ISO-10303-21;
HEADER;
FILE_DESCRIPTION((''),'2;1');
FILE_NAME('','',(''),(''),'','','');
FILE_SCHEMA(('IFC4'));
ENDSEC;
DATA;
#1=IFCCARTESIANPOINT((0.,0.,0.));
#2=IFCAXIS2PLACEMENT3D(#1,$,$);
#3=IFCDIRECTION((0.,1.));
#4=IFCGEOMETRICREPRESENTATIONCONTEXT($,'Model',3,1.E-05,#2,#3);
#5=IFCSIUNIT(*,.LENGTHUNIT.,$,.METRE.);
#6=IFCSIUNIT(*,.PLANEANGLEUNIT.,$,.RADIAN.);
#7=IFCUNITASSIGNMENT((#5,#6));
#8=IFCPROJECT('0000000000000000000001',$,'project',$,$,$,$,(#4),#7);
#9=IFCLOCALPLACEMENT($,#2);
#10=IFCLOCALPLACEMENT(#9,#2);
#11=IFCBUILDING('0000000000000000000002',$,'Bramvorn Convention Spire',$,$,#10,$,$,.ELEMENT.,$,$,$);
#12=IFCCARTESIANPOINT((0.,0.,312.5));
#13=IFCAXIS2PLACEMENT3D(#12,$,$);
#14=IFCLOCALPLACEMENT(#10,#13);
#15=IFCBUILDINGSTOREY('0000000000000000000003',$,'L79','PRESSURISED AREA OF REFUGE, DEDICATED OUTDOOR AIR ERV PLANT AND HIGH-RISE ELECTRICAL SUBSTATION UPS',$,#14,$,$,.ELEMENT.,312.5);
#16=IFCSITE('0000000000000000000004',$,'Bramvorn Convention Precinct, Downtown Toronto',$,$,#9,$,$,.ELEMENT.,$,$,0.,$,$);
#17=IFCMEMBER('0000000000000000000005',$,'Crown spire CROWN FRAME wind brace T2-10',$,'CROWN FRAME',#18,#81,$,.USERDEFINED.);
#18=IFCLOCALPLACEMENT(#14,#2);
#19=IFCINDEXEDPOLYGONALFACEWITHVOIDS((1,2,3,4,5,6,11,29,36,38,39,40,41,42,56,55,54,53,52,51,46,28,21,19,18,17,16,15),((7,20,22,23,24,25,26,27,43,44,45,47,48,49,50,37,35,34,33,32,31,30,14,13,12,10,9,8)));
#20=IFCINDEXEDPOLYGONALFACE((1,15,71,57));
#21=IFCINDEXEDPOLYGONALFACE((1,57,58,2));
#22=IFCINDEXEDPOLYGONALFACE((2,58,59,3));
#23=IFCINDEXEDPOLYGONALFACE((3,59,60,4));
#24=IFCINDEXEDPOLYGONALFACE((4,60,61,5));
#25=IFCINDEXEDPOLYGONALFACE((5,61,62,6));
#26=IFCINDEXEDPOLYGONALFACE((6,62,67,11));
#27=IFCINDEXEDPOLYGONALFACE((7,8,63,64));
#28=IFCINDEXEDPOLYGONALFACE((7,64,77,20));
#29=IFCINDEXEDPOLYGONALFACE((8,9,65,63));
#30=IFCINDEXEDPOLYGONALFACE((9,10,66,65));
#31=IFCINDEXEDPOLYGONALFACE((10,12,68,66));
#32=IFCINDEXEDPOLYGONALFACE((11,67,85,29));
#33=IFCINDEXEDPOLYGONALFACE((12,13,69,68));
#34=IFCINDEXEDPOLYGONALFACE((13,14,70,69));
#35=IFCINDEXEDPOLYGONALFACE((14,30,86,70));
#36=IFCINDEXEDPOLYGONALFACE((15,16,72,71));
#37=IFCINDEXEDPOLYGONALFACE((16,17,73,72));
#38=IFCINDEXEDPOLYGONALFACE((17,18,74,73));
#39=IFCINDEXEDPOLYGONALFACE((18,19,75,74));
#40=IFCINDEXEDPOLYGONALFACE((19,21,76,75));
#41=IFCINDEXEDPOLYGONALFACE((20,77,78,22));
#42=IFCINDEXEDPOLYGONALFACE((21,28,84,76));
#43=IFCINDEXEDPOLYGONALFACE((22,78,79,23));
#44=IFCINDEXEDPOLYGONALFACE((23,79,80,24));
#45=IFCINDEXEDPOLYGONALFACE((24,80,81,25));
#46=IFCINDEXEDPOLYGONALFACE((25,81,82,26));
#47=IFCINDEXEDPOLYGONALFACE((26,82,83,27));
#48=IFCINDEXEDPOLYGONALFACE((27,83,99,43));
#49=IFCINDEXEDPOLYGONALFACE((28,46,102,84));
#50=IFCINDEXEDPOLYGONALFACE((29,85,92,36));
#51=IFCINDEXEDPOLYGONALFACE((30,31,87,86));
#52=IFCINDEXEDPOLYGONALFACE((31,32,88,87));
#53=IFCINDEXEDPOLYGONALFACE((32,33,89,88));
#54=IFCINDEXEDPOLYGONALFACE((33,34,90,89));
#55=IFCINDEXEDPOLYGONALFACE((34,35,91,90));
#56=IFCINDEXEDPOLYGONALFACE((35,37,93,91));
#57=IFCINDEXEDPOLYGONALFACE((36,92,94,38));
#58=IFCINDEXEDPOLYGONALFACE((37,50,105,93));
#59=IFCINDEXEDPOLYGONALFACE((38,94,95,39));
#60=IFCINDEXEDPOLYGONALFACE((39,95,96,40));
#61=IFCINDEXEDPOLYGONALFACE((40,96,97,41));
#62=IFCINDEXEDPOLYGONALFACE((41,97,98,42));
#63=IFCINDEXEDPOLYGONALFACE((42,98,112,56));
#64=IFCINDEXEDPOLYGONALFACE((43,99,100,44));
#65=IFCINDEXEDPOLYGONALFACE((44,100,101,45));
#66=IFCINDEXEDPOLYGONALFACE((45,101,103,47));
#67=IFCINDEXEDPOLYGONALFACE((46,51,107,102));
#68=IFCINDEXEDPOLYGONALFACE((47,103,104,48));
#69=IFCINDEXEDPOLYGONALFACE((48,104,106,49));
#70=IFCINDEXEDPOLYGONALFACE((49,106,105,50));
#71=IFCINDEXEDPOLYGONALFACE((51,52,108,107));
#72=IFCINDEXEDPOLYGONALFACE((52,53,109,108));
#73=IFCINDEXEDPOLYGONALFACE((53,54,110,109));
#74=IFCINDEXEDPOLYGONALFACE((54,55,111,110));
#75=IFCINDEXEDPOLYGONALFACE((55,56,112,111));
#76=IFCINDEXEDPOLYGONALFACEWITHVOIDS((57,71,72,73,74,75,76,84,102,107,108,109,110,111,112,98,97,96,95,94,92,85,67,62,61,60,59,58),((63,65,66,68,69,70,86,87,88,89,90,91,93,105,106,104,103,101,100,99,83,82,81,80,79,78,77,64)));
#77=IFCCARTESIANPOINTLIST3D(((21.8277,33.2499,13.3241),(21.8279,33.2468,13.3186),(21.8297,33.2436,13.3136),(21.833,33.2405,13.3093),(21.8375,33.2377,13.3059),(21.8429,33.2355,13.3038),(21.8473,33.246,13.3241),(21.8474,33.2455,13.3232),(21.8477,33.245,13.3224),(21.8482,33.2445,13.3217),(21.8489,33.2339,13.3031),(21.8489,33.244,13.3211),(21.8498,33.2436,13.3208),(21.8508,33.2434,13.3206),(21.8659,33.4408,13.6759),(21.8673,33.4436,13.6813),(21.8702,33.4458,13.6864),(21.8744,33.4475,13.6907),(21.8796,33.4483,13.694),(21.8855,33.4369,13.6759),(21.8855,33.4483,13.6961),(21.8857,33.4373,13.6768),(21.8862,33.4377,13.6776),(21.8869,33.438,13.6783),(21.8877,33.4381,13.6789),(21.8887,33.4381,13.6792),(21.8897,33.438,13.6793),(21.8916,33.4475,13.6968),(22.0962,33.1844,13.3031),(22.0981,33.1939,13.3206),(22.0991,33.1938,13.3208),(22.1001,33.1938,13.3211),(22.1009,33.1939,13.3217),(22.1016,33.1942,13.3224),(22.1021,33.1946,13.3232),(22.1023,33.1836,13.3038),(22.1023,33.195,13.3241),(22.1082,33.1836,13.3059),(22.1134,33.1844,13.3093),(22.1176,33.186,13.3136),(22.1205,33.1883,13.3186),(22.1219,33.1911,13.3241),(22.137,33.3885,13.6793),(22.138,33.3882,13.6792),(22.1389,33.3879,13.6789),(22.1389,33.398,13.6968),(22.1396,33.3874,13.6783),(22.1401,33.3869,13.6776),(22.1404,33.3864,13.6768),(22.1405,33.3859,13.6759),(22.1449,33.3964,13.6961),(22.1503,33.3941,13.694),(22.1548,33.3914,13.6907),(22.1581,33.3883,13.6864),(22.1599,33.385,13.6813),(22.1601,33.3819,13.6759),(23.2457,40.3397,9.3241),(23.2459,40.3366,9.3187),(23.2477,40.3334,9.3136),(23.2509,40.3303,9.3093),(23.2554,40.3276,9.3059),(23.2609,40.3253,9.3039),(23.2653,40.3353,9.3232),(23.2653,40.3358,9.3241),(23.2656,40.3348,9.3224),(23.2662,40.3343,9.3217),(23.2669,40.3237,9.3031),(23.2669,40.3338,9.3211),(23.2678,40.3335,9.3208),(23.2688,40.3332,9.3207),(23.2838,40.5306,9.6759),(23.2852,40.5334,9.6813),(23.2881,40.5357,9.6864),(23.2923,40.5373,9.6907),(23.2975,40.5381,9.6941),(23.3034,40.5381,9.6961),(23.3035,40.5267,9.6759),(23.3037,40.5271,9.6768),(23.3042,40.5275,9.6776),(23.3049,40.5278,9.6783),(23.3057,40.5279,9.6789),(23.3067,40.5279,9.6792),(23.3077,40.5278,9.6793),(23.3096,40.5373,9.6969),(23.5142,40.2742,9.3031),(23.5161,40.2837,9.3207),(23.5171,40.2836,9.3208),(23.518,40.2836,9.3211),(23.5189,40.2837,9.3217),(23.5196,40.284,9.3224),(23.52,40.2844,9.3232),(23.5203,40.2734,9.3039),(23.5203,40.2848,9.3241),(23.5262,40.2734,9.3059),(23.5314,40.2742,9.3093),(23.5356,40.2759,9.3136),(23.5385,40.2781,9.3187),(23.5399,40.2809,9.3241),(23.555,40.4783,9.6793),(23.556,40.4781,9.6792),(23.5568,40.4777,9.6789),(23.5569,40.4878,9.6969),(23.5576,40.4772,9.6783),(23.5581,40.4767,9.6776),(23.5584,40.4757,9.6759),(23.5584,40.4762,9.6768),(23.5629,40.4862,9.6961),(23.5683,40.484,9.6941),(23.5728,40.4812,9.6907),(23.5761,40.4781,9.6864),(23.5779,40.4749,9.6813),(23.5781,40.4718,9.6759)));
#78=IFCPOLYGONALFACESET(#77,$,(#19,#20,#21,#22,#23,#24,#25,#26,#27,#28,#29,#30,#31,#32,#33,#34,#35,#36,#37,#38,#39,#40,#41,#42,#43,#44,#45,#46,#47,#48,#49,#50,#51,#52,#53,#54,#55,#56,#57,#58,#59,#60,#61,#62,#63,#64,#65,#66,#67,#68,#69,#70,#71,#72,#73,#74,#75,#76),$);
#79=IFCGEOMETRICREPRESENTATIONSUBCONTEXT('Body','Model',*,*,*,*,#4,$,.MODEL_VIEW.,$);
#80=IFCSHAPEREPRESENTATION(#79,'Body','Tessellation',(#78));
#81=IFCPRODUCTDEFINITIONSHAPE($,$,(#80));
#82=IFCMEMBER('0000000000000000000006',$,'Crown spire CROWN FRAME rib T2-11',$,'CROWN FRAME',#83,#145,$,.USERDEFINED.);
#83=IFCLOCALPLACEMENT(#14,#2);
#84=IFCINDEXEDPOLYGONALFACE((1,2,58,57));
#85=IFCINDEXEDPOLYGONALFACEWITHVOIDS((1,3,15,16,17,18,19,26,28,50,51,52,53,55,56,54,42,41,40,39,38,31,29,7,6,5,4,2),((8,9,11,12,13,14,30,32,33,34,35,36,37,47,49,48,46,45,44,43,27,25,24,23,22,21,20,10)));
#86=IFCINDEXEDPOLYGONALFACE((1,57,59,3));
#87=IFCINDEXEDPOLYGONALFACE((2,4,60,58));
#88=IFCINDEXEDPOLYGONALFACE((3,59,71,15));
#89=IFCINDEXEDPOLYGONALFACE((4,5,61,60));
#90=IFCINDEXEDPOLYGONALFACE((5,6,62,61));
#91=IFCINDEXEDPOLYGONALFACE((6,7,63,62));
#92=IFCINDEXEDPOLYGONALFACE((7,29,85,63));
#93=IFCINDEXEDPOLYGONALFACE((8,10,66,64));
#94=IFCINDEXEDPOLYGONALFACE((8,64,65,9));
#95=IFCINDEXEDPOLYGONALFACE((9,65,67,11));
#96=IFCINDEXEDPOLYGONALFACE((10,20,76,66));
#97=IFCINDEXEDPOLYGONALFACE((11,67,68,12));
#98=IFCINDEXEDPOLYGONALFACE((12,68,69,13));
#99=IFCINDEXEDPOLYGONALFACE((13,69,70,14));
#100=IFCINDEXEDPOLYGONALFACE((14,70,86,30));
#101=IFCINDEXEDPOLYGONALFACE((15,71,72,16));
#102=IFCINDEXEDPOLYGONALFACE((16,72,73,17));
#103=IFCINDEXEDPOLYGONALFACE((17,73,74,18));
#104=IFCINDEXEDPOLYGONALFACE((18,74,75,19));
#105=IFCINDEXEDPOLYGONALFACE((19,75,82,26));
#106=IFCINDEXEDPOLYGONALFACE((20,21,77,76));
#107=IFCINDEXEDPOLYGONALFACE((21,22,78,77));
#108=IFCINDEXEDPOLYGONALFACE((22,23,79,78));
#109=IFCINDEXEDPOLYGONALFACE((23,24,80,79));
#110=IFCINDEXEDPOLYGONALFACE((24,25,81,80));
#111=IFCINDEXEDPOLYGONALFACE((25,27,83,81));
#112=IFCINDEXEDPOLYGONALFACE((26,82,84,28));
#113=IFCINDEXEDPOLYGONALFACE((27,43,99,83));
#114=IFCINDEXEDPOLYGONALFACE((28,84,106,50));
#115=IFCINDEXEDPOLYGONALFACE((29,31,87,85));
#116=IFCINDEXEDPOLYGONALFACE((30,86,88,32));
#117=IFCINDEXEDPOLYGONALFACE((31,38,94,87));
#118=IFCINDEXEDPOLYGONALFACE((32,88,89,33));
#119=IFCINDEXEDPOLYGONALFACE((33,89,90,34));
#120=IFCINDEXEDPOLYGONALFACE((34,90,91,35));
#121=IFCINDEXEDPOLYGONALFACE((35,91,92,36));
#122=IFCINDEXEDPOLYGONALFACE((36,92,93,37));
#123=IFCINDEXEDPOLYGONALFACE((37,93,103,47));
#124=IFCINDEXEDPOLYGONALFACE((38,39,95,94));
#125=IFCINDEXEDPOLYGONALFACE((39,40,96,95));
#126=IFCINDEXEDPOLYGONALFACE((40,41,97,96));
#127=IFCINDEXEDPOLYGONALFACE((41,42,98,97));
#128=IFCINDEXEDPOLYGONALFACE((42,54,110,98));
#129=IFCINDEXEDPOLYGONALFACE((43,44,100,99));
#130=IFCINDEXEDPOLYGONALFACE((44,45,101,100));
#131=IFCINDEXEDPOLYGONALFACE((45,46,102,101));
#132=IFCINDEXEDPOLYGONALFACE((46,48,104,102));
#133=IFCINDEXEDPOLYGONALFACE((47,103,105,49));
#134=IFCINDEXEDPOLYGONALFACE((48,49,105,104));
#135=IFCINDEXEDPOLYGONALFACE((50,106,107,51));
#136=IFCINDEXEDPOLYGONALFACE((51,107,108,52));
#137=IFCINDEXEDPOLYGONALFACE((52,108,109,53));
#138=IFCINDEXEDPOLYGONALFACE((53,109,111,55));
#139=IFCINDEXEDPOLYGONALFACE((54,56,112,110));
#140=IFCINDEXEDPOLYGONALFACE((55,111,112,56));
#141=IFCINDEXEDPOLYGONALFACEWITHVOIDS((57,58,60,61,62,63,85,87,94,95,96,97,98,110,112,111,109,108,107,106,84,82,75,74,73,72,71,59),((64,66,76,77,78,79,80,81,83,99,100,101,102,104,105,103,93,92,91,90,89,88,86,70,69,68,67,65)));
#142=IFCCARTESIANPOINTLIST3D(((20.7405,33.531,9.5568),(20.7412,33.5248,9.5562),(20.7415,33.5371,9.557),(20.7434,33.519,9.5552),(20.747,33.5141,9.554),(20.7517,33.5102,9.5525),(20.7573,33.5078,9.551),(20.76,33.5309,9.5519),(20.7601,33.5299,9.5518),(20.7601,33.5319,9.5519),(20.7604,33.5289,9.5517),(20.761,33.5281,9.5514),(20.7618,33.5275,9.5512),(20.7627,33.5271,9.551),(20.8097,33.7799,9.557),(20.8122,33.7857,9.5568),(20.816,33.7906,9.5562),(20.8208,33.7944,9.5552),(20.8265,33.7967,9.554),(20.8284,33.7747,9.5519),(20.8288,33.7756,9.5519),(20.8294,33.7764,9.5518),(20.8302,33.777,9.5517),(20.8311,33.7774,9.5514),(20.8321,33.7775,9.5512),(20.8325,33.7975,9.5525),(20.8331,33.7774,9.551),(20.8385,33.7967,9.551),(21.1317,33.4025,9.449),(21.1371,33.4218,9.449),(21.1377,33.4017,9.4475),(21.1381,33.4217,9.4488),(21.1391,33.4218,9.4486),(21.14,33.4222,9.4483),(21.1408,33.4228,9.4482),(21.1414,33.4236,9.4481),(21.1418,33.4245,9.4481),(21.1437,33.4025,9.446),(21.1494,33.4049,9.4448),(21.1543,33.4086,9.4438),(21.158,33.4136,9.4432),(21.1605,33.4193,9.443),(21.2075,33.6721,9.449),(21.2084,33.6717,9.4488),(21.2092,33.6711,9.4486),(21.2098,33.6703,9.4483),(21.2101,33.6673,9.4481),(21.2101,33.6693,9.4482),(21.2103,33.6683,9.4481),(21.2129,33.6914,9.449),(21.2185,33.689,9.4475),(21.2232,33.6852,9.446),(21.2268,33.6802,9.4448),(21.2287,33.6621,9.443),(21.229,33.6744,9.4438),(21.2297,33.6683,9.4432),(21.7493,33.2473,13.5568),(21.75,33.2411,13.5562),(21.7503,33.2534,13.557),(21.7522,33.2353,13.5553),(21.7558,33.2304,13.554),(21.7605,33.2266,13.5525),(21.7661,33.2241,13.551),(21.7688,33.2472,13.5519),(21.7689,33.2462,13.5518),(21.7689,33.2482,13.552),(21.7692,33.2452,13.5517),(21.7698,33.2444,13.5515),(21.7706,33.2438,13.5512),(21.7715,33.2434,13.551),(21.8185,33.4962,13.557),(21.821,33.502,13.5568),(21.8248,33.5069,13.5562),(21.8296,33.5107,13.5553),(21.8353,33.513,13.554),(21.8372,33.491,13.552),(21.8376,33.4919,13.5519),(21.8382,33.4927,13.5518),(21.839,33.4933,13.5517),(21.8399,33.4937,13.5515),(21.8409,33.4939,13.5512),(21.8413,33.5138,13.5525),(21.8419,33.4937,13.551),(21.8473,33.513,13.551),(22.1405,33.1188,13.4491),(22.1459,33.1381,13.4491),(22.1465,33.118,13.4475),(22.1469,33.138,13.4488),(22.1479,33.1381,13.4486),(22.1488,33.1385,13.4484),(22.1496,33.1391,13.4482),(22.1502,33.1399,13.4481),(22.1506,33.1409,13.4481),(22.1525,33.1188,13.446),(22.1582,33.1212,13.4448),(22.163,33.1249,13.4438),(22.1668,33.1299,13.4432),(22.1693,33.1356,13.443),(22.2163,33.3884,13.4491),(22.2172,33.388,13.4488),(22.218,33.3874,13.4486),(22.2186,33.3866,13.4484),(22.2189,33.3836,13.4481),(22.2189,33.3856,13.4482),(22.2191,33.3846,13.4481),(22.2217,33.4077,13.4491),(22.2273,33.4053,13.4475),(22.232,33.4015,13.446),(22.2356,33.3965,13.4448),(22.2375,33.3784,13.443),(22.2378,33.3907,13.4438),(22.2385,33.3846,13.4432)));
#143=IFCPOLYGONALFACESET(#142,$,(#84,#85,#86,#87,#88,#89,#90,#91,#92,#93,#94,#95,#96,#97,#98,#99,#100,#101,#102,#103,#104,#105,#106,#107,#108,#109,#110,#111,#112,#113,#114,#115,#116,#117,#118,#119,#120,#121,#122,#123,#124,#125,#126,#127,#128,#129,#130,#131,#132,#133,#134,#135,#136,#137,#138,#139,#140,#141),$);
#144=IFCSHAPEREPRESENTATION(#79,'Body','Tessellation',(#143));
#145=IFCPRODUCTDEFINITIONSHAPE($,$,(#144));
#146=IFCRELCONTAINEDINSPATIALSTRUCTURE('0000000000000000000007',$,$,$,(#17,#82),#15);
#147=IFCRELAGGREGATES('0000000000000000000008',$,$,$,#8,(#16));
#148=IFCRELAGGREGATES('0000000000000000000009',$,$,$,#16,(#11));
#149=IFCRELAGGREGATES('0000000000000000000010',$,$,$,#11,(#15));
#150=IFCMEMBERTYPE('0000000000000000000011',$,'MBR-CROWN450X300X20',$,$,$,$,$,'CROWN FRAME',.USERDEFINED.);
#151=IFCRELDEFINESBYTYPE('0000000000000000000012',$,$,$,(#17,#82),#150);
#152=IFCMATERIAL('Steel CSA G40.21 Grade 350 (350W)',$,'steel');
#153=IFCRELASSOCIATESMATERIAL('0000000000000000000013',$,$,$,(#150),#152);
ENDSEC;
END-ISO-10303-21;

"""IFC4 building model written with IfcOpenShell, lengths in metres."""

from ifc_helpers import new_model, si_unit, direction, frame, origin, origin_2d, place, context, subcontext, project, spatial, hollow_rectangle, extrude, material, material_profile, profile_set, type_object, element, save


model = new_model("IFC4")

# Units and contexts
model_context = context("Model", 3, precision=1e-05, world=origin(), true_north=direction((0.0, 1.0)))
body_context = subcontext(model_context, "Body", "Model", "MODEL_VIEW")
ifc_project = project(units=[si_unit("LENGTHUNIT", "METRE"), si_unit("PLANEANGLEUNIT", "RADIAN")], contexts=[model_context])

# Site, building, storey
site_placement = place(None, origin())
site = spatial("IfcSite", under=ifc_project, at=site_placement, Name="Bramvorn Convention Precinct, Downtown Toronto", CompositionType="ELEMENT", RefElevation=0.0)
building_placement = place(site_placement, origin())
building = spatial("IfcBuilding", under=site, at=building_placement, Name="Bramvorn Convention Spire", CompositionType="ELEMENT")
storey_placement = place(building_placement, frame((0.0, 0.0, 312.5)))
storey = spatial("IfcBuildingStorey", under=building, at=storey_placement, Name="L79", Description="PRESSURISED AREA OF REFUGE, DEDICATED OUTDOOR AIR ERV PLANT AND HIGH-RISE ELECTRICAL SUBSTATION UPS", CompositionType="ELEMENT", Elevation=312.5)

# Shared definitions
ifc_material_1 = material(Name="Steel CSA G40.21 Grade 350 (350W)", Category="steel")

# Members
ifc_material_profile_1 = material_profile(ifc_material_1, hollow_rectangle(XDim=0.3, YDim=0.45, WallThickness=0.02, InnerFilletRadius=0.0039, OuterFilletRadius=0.0239, at=origin_2d()))
ifc_profile_set_1 = profile_set([ifc_material_profile_1], Name="Steel CSA G40.21 Grade 350 (350W) - CROWN450X300X20")
member_type = type_object("IfcMemberType", Name="MBR-CROWN450X300X20", ElementType="CROWN FRAME", PredefinedType="USERDEFINED", material=ifc_profile_set_1)
member_1_placement = place(storey_placement, frame((23.4119, 40.4058, 9.5), z_axis=(-0.171605, -0.858027, 0.484088), x_axis=(0.980581, -0.196116, 0.0)))
element("IfcMember", 1, at=member_1_placement, inside=storey, type_object=member_type, Name="Crown spire CROWN FRAME wind brace T2-10", ObjectType="CROWN FRAME", PredefinedType="USERDEFINED", context=body_context, shape_type="SweptSolid", body=[
    extrude(hollow_rectangle(XDim=0.3, YDim=0.45, WallThickness=0.02, InnerFilletRadius=0.0039, OuterFilletRadius=0.0239, at=origin_2d()), origin(), (0.0, 0.0, 1.0), 8.2629),
])
member_2_placement = place(storey_placement, frame((20.9851, 33.5996, 9.5), z_axis=(0.243964, -0.068608, 0.967354), x_axis=(0.270719, 0.962659, 0.0)))
element("IfcMember", 2, at=member_2_placement, inside=storey, type_object=member_type, Name="Crown spire CROWN FRAME rib T2-11", ObjectType="CROWN FRAME", PredefinedType="USERDEFINED", context=body_context, shape_type="SweptSolid", body=[
    extrude(hollow_rectangle(XDim=0.3, YDim=0.45, WallThickness=0.02, InnerFilletRadius=0.0039, OuterFilletRadius=0.0239, at=origin_2d()), origin(), (0.0, 0.0, 1.0), 4.135),
])

save(model, "model.ifc")
